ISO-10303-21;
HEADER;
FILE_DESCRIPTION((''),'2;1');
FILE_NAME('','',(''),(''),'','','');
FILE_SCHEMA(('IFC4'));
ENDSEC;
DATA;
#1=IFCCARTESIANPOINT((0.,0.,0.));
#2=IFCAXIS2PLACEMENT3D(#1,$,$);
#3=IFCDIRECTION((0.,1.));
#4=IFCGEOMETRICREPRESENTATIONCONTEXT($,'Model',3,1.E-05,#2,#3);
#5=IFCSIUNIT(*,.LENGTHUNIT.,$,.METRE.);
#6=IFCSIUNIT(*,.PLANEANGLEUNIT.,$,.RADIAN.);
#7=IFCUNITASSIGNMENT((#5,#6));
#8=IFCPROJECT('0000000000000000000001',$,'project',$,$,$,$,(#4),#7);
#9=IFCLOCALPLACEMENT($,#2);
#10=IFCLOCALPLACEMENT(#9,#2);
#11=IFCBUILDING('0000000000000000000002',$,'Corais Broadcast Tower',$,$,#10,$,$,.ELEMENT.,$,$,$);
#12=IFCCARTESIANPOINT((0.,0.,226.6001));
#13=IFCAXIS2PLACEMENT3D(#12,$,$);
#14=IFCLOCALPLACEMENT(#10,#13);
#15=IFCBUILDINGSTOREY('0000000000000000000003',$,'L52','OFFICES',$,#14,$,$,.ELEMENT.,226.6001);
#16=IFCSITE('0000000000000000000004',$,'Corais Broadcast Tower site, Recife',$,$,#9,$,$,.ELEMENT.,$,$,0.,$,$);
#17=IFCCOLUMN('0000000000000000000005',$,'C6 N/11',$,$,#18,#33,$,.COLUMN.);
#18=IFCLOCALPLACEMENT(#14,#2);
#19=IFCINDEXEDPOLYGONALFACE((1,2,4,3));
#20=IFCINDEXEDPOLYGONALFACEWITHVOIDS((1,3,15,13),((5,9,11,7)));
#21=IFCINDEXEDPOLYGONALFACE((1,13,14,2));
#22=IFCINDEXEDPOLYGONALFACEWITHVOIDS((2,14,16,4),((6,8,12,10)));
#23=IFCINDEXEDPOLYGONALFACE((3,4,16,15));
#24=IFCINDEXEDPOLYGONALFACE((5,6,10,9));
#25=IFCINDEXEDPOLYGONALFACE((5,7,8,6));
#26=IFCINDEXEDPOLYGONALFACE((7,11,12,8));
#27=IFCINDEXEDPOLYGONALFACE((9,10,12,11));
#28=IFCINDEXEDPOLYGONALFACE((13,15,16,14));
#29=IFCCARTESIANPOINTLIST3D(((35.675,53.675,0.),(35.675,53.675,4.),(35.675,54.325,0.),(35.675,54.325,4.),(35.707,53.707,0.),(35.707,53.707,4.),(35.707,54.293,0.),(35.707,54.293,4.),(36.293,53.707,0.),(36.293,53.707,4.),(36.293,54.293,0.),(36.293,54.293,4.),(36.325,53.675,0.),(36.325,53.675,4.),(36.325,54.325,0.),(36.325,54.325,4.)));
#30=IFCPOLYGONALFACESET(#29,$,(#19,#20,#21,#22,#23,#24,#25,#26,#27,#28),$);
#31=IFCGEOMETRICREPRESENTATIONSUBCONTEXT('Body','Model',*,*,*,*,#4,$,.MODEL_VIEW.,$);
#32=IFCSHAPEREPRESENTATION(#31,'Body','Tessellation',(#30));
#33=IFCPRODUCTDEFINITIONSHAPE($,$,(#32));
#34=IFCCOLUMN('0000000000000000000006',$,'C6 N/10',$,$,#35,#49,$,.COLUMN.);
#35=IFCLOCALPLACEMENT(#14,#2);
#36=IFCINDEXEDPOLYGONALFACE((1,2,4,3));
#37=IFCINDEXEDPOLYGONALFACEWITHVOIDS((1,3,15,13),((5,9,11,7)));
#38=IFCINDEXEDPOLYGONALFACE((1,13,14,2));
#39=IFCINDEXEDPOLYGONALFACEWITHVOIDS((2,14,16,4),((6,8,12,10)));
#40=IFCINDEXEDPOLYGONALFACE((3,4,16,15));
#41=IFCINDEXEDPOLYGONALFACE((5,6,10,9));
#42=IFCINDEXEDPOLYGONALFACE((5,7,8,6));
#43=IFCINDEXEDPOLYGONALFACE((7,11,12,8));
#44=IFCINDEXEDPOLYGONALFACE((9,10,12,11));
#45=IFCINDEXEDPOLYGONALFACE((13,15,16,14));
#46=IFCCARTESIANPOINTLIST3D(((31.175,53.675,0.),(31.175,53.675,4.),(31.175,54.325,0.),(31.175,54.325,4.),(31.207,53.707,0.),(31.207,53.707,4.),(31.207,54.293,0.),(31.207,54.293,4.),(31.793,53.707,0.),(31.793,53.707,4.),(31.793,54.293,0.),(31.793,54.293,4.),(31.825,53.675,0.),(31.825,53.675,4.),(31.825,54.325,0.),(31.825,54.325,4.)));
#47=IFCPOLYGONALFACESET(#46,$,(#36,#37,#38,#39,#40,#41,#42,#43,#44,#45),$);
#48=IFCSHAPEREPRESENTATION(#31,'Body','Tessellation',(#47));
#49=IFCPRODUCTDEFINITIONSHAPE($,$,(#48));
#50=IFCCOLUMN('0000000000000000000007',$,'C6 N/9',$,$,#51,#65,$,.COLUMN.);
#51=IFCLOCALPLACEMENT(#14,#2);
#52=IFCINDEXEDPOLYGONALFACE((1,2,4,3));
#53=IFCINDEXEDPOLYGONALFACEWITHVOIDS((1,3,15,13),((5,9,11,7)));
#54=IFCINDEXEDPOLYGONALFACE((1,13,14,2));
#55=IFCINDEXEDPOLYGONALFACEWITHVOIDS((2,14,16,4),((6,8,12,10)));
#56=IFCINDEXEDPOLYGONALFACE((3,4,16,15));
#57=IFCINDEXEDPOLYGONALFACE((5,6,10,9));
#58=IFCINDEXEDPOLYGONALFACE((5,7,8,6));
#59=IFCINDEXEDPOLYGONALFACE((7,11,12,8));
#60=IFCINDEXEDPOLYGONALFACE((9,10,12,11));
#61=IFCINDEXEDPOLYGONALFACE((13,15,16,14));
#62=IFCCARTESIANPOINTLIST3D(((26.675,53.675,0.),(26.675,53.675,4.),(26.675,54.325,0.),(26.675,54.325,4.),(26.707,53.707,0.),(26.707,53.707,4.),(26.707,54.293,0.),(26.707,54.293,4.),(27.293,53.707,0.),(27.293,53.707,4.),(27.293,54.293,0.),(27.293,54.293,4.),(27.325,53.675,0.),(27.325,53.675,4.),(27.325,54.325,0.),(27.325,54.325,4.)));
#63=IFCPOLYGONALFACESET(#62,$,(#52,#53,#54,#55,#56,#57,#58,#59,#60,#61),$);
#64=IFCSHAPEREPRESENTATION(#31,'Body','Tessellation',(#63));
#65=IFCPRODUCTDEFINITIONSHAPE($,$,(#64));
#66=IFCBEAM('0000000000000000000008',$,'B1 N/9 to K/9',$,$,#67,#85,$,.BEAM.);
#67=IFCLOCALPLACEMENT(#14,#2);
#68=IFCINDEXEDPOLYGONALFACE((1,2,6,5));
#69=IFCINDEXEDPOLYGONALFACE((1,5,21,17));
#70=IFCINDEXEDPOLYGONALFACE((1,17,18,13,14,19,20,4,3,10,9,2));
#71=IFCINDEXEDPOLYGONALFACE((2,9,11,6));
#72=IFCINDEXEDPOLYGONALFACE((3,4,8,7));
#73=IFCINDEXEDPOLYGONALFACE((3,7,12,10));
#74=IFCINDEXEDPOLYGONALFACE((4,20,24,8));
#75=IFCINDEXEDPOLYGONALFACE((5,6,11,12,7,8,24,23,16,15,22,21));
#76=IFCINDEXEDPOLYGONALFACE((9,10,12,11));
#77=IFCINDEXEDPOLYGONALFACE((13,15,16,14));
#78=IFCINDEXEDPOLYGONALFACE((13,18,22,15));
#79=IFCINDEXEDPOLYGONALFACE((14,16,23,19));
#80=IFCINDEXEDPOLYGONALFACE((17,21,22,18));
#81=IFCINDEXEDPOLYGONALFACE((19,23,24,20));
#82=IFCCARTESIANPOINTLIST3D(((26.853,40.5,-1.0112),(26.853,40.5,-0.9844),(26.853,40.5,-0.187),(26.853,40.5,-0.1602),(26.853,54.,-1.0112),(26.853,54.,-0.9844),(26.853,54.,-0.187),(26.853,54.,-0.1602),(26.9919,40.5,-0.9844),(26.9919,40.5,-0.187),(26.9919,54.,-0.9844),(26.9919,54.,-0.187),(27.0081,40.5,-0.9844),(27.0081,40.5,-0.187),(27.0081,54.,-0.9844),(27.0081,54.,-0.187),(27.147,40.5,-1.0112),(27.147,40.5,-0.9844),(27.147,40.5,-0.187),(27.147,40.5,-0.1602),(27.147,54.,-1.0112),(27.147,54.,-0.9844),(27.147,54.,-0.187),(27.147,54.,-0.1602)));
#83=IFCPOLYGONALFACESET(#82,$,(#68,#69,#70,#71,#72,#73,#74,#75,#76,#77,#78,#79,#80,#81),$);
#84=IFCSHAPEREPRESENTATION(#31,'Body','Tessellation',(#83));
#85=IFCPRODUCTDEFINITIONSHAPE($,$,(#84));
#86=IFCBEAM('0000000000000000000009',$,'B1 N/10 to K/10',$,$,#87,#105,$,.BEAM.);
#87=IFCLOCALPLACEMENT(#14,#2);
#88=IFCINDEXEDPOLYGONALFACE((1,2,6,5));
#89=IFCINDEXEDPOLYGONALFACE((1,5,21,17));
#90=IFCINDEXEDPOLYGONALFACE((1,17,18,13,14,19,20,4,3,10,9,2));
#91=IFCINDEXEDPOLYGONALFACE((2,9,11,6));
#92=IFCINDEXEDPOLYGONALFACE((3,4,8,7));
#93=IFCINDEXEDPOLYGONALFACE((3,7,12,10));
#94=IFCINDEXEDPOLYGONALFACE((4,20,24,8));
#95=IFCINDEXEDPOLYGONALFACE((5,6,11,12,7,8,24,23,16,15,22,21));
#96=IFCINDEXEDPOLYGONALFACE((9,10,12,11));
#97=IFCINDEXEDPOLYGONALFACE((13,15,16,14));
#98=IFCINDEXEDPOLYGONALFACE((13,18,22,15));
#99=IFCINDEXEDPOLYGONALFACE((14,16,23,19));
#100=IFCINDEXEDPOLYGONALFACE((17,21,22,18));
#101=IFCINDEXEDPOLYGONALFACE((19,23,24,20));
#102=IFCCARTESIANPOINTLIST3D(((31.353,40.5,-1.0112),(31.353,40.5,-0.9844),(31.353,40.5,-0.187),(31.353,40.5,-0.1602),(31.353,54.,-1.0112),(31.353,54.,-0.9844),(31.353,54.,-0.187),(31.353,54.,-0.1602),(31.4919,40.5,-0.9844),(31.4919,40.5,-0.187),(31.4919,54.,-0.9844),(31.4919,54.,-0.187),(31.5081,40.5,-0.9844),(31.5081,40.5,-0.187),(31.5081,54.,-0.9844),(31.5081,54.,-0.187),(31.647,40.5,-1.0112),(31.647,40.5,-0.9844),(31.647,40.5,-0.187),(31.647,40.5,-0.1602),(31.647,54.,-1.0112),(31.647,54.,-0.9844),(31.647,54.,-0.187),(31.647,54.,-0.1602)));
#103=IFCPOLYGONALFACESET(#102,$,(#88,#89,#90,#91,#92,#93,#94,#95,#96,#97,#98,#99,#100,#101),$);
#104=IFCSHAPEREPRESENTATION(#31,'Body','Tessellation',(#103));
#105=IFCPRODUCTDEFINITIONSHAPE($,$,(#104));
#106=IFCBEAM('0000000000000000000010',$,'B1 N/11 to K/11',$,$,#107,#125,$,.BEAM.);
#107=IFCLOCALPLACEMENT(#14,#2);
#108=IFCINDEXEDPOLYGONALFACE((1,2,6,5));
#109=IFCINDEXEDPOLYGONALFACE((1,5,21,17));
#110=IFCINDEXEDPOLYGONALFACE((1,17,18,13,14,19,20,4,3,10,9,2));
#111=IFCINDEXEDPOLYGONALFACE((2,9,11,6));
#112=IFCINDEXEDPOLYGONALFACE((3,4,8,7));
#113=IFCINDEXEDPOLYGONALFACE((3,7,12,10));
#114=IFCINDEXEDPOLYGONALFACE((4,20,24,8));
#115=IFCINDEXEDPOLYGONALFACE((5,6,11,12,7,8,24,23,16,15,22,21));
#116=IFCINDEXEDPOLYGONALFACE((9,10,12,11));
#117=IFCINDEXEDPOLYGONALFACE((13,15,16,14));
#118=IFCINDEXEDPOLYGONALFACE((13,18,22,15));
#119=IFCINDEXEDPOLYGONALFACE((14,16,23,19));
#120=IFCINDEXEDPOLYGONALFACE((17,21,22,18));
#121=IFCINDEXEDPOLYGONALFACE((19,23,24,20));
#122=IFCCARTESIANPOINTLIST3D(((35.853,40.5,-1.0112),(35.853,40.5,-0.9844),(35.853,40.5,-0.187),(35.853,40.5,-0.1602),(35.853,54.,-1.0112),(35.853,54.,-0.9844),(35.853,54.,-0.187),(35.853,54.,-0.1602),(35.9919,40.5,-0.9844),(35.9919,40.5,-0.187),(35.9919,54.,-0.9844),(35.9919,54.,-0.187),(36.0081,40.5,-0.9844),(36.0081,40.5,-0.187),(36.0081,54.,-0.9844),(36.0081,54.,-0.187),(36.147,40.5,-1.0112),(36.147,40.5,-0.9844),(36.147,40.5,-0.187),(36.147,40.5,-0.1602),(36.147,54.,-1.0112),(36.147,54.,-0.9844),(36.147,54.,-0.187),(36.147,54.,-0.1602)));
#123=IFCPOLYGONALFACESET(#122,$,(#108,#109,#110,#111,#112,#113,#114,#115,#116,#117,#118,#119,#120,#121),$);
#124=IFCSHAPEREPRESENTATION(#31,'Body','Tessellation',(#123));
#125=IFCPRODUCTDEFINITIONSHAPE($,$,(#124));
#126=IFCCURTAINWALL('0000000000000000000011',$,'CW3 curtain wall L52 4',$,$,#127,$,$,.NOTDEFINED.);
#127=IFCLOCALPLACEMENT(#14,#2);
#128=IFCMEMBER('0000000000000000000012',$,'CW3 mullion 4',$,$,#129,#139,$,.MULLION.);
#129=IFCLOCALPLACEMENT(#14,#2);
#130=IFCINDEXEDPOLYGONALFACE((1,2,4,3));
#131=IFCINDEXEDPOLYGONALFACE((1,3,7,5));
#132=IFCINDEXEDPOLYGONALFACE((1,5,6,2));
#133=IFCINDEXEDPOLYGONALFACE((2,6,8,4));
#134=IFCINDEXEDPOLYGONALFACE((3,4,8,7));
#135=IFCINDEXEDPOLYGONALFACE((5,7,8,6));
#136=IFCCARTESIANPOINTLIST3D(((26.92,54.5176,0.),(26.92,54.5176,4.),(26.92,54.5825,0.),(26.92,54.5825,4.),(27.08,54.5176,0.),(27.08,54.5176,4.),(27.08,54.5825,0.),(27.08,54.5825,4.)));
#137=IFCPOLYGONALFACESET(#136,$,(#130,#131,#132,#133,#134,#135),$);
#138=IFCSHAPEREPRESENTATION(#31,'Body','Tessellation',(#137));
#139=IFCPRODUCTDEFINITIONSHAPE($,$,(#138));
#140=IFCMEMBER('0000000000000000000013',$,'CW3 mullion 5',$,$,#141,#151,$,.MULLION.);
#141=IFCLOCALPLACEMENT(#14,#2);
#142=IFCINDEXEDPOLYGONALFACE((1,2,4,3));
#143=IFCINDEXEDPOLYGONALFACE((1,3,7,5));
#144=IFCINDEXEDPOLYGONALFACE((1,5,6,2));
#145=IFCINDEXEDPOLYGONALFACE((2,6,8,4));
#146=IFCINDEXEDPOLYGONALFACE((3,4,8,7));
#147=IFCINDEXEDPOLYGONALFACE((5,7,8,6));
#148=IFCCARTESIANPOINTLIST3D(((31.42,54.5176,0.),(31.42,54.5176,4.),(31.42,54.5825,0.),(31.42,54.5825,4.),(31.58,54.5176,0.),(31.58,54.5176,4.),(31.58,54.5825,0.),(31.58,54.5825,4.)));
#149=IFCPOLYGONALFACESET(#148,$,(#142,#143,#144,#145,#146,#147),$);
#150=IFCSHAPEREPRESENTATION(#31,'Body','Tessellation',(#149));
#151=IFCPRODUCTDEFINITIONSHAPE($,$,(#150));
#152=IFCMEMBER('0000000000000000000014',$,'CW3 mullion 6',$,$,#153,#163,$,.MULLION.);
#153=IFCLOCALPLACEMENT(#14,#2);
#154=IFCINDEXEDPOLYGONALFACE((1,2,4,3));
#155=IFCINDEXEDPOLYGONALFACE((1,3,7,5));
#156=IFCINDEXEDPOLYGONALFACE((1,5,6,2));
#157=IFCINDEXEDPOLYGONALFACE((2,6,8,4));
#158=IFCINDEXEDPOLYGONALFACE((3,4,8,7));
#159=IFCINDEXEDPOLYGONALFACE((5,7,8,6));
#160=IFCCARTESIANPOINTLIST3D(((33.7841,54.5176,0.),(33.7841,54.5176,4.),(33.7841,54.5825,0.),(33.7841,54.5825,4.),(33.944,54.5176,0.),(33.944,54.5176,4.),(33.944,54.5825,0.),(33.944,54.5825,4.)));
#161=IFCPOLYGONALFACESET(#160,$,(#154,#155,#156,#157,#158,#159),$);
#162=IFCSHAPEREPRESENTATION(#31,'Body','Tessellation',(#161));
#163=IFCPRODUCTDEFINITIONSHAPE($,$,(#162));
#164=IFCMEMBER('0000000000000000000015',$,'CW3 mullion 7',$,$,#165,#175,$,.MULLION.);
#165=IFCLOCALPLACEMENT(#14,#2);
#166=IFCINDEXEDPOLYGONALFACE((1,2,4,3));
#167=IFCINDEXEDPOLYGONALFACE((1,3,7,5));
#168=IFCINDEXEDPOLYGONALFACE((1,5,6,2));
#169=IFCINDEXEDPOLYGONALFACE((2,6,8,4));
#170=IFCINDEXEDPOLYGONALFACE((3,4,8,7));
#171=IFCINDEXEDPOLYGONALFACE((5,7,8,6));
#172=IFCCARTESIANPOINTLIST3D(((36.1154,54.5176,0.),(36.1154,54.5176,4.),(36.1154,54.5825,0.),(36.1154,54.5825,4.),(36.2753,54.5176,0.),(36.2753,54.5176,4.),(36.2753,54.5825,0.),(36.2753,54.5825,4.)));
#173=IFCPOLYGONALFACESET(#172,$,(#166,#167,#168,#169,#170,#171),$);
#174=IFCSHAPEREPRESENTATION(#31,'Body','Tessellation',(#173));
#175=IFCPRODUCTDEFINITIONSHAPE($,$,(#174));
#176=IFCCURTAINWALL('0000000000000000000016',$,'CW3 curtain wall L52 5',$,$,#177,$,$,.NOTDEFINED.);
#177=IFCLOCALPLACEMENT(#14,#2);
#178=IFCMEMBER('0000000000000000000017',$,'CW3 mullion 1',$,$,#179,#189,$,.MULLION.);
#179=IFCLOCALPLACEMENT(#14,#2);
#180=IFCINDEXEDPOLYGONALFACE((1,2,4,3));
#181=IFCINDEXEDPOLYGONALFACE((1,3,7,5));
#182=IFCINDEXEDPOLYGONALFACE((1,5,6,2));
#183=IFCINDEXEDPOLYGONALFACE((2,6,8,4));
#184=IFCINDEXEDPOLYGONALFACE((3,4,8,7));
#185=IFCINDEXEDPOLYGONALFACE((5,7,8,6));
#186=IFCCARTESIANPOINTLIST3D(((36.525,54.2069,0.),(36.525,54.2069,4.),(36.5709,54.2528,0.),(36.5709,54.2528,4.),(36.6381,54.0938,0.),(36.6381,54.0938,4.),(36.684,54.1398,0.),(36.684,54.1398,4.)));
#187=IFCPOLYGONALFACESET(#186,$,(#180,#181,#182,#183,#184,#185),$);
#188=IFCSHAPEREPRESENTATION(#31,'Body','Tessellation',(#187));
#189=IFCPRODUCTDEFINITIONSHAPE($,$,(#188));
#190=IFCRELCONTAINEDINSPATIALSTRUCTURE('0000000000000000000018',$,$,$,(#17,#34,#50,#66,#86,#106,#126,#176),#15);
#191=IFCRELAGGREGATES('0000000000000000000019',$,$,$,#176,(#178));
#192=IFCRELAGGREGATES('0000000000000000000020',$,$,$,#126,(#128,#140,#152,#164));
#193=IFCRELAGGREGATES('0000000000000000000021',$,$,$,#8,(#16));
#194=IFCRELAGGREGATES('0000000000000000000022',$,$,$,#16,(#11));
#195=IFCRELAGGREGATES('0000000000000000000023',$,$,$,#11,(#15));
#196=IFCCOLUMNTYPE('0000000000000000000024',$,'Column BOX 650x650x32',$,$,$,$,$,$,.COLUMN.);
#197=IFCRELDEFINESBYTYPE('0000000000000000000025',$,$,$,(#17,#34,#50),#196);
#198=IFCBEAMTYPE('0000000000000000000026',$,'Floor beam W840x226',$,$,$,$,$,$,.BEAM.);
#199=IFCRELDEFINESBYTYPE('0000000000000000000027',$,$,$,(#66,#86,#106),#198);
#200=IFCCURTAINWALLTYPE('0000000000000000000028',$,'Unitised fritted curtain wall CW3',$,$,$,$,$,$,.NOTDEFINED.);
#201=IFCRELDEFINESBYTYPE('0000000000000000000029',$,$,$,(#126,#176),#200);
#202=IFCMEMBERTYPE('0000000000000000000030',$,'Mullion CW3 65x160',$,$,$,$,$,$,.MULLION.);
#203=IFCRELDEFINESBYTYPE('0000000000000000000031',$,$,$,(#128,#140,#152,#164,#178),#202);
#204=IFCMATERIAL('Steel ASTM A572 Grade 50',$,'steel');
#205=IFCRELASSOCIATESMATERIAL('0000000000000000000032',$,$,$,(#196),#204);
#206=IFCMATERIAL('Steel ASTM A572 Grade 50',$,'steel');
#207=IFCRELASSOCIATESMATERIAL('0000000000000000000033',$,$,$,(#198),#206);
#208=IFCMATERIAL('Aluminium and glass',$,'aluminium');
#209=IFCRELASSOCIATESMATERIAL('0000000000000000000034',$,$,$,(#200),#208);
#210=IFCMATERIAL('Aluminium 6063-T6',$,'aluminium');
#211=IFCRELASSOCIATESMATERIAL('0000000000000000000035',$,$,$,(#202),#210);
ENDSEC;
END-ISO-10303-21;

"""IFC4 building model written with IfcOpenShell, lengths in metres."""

from ifc_helpers import new_model, si_unit, direction, frame, origin, origin_2d, place, context, subcontext, project, spatial, rectangle, hollow_rectangle, i_section, extrude, material, material_profile, profile_set, type_object, element, aggregate, save


model = new_model("IFC4")

# Units and contexts
model_context = context("Model", 3, precision=1e-05, world=origin(), true_north=direction((0.0, 1.0)))
body_context = subcontext(model_context, "Body", "Model", "MODEL_VIEW")
ifc_project = project(units=[si_unit("LENGTHUNIT", "METRE"), si_unit("PLANEANGLEUNIT", "RADIAN")], contexts=[model_context])

# Site, building, storey
site_placement = place(None, origin())
site = spatial("IfcSite", under=ifc_project, at=site_placement, Name="Corais Broadcast Tower site, Recife", CompositionType="ELEMENT", RefElevation=0.0)
building_placement = place(site_placement, origin())
building = spatial("IfcBuilding", under=site, at=building_placement, Name="Corais Broadcast Tower", CompositionType="ELEMENT")
storey_placement = place(building_placement, frame((0.0, 0.0, 226.6001)))
storey = spatial("IfcBuildingStorey", under=building, at=storey_placement, Name="L52", Description="OFFICES", CompositionType="ELEMENT", Elevation=226.6001)

# Columns
ifc_material_1 = material(Name="Steel ASTM A572 Grade 50", Category="steel")
ifc_material_profile_1 = material_profile(ifc_material_1, hollow_rectangle(XDim=0.6499, YDim=0.6499, WallThickness=0.032, at=origin_2d()), Name="BOX 650x650x32")
ifc_profile_set_1 = profile_set([ifc_material_profile_1], Name="Steel ASTM A572 Grade 50")
column_type = type_object("IfcColumnType", Name="Column BOX 650x650x32", PredefinedType="COLUMN", material=ifc_profile_set_1)
for number, where, z_axis, x_axis, name in (
    (1, (36.0, 54.0, 0.0), (0.0, 0.0, 1.0), (1.0, 0.0, 0.0), "C6 N/11"),
    (2, (31.5, 54.0, 0.0), (0.0, 0.0, 1.0), (1.0, 0.0, 0.0), "C6 N/10"),
    (3, (27.0, 54.0, 0.0), (0.0, 0.0, 1.0), (1.0, 0.0, 0.0), "C6 N/9"),
):
    element("IfcColumn", number, at=place(storey_placement, frame(where, z_axis=z_axis, x_axis=x_axis)), inside=storey, type_object=column_type, Name=name, PredefinedType="COLUMN", context=body_context, shape_type="SweptSolid", body=[
        extrude(hollow_rectangle(XDim=0.6499, YDim=0.6499, WallThickness=0.032, at=origin_2d()), origin(), (0.0, 0.0, 1.0), 4.0),
    ])

# Beams
ifc_material_2 = material(Name="Steel ASTM A572 Grade 50", Category="steel")
ifc_material_profile_2 = material_profile(ifc_material_2, i_section(OverallWidth=0.2939, OverallDepth=0.8511, WebThickness=0.0161, FlangeThickness=0.0269, at=origin_2d()), Name="W840x226")
ifc_profile_set_2 = profile_set([ifc_material_profile_2], Name="Steel ASTM A572 Grade 50")
beam_type_1 = type_object("IfcBeamType", Name="Floor beam W840x226", PredefinedType="BEAM", material=ifc_profile_set_2)
for number, where, z_axis, x_axis, name in (
    (4, (27.0, 54.0, -0.5857), (0.0, -1.0, 0.0), (1.0, 0.0, 0.0), "B1 N/9 to K/9"),
    (5, (31.5, 54.0, -0.5857), (0.0, -1.0, 0.0), (1.0, 0.0, 0.0), "B1 N/10 to K/10"),
    (6, (36.0, 54.0, -0.5857), (0.0, -1.0, 0.0), (1.0, 0.0, 0.0), "B1 N/11 to K/11"),
):
    element("IfcBeam", number, at=place(storey_placement, frame(where, z_axis=z_axis, x_axis=x_axis)), inside=storey, type_object=beam_type_1, Name=name, PredefinedType="BEAM", context=body_context, shape_type="SweptSolid", body=[
        extrude(i_section(OverallWidth=0.2939, OverallDepth=0.8511, WebThickness=0.0161, FlangeThickness=0.0269, at=origin_2d()), origin(), (0.0, 0.0, 1.0), 13.5),
    ])

# Curtain wall, members
ifc_material_3 = material(Name="Aluminium and glass", Category="aluminium")
curtain_wall_type = type_object("IfcCurtainWallType", Name="Unitised fritted curtain wall CW3", PredefinedType="NOTDEFINED", material=ifc_material_3)
curtain_wall_1_placement = place(storey_placement, origin())
curtain_wall_1 = element("IfcCurtainWall", 7, at=curtain_wall_1_placement, inside=storey, type_object=curtain_wall_type, Name="CW3 curtain wall L52 4", PredefinedType="NOTDEFINED")
ifc_material_4 = material(Name="Aluminium 6063-T6", Category="aluminium")
ifc_material_profile_3 = material_profile(ifc_material_4, rectangle(XDim=0.0649, YDim=0.1599, at=origin_2d()), Name="Mullion CW3 65x160")
ifc_profile_set_3 = profile_set([ifc_material_profile_3], Name="Aluminium 6063-T6")
member_type_1 = type_object("IfcMemberType", Name="Mullion CW3 65x160", PredefinedType="MULLION", material=ifc_profile_set_3)
member_1_placement = place(storey_placement, frame((27.0, 54.55, 0.0), z_axis=(0.0, 0.0, 1.0), x_axis=(0.0, 1.0, 0.0)))
member_1 = element("IfcMember", 8, at=member_1_placement, type_object=member_type_1, Name="CW3 mullion 4", PredefinedType="MULLION", context=body_context, shape_type="SweptSolid", body=[
    extrude(rectangle(XDim=0.0649, YDim=0.1599, at=origin_2d()), origin(), (0.0, 0.0, 1.0), 4.0),
])
member_2_placement = place(storey_placement, frame((31.5, 54.55, 0.0), z_axis=(0.0, 0.0, 1.0), x_axis=(0.0, 1.0, 0.0)))
member_2 = element("IfcMember", 9, at=member_2_placement, type_object=member_type_1, Name="CW3 mullion 5", PredefinedType="MULLION", context=body_context, shape_type="SweptSolid", body=[
    extrude(rectangle(XDim=0.0649, YDim=0.1599, at=origin_2d()), origin(), (0.0, 0.0, 1.0), 4.0),
])
member_3_placement = place(storey_placement, frame((33.864, 54.55, 0.0), z_axis=(0.0, 0.0, 1.0), x_axis=(0.0, 1.0, 0.0)))
member_3 = element("IfcMember", 10, at=member_3_placement, type_object=member_type_1, Name="CW3 mullion 6", PredefinedType="MULLION", context=body_context, shape_type="SweptSolid", body=[
    extrude(rectangle(XDim=0.0649, YDim=0.1599, at=origin_2d()), origin(), (0.0, 0.0, 1.0), 4.0),
])
member_4_placement = place(storey_placement, frame((36.1953, 54.55, 0.0), z_axis=(0.0, 0.0, 1.0), x_axis=(0.0, 1.0, 0.0)))
member_4 = element("IfcMember", 11, at=member_4_placement, type_object=member_type_1, Name="CW3 mullion 7", PredefinedType="MULLION", context=body_context, shape_type="SweptSolid", body=[
    extrude(rectangle(XDim=0.0649, YDim=0.1599, at=origin_2d()), origin(), (0.0, 0.0, 1.0), 4.0),
])

# Curtain wall, member
curtain_wall_2_placement = place(storey_placement, origin())
curtain_wall_2 = element("IfcCurtainWall", 12, at=curtain_wall_2_placement, inside=storey, type_object=curtain_wall_type, Name="CW3 curtain wall L52 5", PredefinedType="NOTDEFINED")
member_5_placement = place(storey_placement, frame((36.6045, 54.1733, 0.0), z_axis=(0.0, 0.0, 1.0), x_axis=(0.707107, 0.707107, 0.0)))
member_5 = element("IfcMember", 13, at=member_5_placement, type_object=member_type_1, Name="CW3 mullion 1", PredefinedType="MULLION", context=body_context, shape_type="SweptSolid", body=[
    extrude(rectangle(XDim=0.0649, YDim=0.1599, at=origin_2d()), origin(), (0.0, 0.0, 1.0), 4.0),
])

aggregate(curtain_wall_2, [member_5])
aggregate(curtain_wall_1, [member_1, member_2, member_3, member_4])

save(model, "model.ifc")
